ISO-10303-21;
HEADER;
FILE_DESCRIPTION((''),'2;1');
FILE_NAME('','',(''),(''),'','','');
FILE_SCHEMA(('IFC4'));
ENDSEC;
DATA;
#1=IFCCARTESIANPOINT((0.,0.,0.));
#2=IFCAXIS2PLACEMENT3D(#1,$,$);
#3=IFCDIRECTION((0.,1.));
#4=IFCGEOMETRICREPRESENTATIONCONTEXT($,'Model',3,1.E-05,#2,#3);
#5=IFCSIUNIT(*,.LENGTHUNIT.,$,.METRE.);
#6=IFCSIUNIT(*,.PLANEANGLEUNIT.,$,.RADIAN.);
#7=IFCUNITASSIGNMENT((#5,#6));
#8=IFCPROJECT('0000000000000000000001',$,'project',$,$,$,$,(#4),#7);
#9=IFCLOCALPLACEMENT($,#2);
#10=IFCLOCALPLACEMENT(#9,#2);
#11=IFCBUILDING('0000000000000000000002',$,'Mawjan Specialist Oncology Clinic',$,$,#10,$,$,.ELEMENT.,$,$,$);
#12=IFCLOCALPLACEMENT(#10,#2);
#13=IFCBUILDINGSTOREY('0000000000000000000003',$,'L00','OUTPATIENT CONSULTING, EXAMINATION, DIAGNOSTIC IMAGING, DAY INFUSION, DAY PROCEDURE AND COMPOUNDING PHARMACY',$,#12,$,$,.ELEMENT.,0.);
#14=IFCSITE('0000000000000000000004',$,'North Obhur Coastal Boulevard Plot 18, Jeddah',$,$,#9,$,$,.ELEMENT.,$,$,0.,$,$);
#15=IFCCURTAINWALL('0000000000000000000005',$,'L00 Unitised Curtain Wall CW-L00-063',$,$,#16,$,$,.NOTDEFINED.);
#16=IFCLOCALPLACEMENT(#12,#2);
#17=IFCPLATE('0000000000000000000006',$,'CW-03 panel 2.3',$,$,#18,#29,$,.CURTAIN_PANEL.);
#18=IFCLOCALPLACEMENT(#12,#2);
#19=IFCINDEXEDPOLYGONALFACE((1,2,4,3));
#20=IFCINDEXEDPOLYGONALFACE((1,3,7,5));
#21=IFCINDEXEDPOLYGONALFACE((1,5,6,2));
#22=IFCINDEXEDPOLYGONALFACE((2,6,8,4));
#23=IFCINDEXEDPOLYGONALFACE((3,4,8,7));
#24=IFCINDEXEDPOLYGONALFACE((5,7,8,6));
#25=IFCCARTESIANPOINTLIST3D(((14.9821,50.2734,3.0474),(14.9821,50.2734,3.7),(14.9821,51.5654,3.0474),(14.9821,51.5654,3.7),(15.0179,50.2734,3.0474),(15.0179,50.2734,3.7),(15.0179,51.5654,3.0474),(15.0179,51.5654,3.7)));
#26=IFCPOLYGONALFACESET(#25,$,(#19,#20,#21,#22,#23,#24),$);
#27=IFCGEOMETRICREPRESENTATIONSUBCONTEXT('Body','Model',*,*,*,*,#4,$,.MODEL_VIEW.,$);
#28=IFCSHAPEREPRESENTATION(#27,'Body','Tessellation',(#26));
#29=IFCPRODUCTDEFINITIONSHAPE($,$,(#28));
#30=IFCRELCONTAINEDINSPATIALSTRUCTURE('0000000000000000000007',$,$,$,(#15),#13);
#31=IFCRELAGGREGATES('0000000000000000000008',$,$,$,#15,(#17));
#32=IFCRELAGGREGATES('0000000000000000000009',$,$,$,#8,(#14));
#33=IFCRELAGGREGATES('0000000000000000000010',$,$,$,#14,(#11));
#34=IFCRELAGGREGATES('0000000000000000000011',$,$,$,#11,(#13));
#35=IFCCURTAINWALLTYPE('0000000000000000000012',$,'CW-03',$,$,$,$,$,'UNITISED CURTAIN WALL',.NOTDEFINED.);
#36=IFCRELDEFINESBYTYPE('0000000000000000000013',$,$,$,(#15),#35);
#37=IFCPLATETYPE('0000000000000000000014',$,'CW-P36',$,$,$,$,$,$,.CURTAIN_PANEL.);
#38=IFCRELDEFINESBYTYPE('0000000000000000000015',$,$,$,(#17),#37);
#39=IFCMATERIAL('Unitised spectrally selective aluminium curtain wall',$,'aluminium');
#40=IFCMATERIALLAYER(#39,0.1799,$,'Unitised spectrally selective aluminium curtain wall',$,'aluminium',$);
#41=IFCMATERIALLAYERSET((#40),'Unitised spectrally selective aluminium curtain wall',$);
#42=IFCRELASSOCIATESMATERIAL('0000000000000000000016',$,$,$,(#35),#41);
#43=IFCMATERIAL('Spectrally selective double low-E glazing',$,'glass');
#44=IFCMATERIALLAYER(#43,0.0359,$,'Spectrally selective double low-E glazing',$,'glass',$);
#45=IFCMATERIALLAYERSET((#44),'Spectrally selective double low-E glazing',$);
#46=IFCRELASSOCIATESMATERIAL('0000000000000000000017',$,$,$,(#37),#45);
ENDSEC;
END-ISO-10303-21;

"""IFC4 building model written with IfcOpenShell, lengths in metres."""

from ifc_helpers import new_model, si_unit, direction, frame, origin, origin_2d, place, context, subcontext, project, spatial, rectangle, extrude, material, layer, layer_set, type_object, element, aggregate, save


model = new_model("IFC4")

# Units and contexts
model_context = context("Model", 3, precision=1e-05, world=origin(), true_north=direction((0.0, 1.0)))
body_context = subcontext(model_context, "Body", "Model", "MODEL_VIEW")
ifc_project = project(units=[si_unit("LENGTHUNIT", "METRE"), si_unit("PLANEANGLEUNIT", "RADIAN")], contexts=[model_context])

# Site, building, storey
site_placement = place(None, origin())
site = spatial("IfcSite", under=ifc_project, at=site_placement, Name="North Obhur Coastal Boulevard Plot 18, Jeddah", CompositionType="ELEMENT", RefElevation=0.0)
building_placement = place(site_placement, origin())
building = spatial("IfcBuilding", under=site, at=building_placement, Name="Mawjan Specialist Oncology Clinic", CompositionType="ELEMENT")
storey_placement = place(building_placement, origin())
storey = spatial("IfcBuildingStorey", under=building, at=storey_placement, Name="L00", Description="OUTPATIENT CONSULTING, EXAMINATION, DIAGNOSTIC IMAGING, DAY INFUSION, DAY PROCEDURE AND COMPOUNDING PHARMACY", CompositionType="ELEMENT", Elevation=0.0)

# Curtain wall, plate
ifc_material_1 = material(Name="Unitised spectrally selective aluminium curtain wall", Category="aluminium")
ifc_layer_1 = layer(ifc_material_1, 0.1799, Name="Unitised spectrally selective aluminium curtain wall", Category="aluminium")
ifc_layer_set_1 = layer_set([ifc_layer_1], Name="Unitised spectrally selective aluminium curtain wall")
curtain_wall_type = type_object("IfcCurtainWallType", Name="CW-03", ElementType="UNITISED CURTAIN WALL", PredefinedType="NOTDEFINED", material=ifc_layer_set_1)
curtain_wall_placement = place(storey_placement, origin())
curtain_wall = element("IfcCurtainWall", 1, at=curtain_wall_placement, inside=storey, type_object=curtain_wall_type, Name="L00 Unitised Curtain Wall CW-L00-063", PredefinedType="NOTDEFINED")
ifc_material_2 = material(Name="Spectrally selective double low-E glazing", Category="glass")
ifc_layer_2 = layer(ifc_material_2, 0.0359, Name="Spectrally selective double low-E glazing", Category="glass")
ifc_layer_set_2 = layer_set([ifc_layer_2], Name="Spectrally selective double low-E glazing")
plate_type = type_object("IfcPlateType", Name="CW-P36", PredefinedType="CURTAIN_PANEL", material=ifc_layer_set_2)
plate_1_placement = place(storey_placement, frame((15.0, 50.9194, 3.0474), z_axis=(0.0, 0.0, 1.0), x_axis=(0.0, -1.0, 0.0)))
plate_1 = element("IfcPlate", 2, at=plate_1_placement, type_object=plate_type, Name="CW-03 panel 2.3", PredefinedType="CURTAIN_PANEL", context=body_context, shape_type="SweptSolid", body=[
    extrude(rectangle(XDim=1.292, YDim=0.0359, at=origin_2d()), origin(), (0.0, 0.0, 1.0), 0.6526),
])
aggregate(curtain_wall, [plate_1])

save(model, "model.ifc")
